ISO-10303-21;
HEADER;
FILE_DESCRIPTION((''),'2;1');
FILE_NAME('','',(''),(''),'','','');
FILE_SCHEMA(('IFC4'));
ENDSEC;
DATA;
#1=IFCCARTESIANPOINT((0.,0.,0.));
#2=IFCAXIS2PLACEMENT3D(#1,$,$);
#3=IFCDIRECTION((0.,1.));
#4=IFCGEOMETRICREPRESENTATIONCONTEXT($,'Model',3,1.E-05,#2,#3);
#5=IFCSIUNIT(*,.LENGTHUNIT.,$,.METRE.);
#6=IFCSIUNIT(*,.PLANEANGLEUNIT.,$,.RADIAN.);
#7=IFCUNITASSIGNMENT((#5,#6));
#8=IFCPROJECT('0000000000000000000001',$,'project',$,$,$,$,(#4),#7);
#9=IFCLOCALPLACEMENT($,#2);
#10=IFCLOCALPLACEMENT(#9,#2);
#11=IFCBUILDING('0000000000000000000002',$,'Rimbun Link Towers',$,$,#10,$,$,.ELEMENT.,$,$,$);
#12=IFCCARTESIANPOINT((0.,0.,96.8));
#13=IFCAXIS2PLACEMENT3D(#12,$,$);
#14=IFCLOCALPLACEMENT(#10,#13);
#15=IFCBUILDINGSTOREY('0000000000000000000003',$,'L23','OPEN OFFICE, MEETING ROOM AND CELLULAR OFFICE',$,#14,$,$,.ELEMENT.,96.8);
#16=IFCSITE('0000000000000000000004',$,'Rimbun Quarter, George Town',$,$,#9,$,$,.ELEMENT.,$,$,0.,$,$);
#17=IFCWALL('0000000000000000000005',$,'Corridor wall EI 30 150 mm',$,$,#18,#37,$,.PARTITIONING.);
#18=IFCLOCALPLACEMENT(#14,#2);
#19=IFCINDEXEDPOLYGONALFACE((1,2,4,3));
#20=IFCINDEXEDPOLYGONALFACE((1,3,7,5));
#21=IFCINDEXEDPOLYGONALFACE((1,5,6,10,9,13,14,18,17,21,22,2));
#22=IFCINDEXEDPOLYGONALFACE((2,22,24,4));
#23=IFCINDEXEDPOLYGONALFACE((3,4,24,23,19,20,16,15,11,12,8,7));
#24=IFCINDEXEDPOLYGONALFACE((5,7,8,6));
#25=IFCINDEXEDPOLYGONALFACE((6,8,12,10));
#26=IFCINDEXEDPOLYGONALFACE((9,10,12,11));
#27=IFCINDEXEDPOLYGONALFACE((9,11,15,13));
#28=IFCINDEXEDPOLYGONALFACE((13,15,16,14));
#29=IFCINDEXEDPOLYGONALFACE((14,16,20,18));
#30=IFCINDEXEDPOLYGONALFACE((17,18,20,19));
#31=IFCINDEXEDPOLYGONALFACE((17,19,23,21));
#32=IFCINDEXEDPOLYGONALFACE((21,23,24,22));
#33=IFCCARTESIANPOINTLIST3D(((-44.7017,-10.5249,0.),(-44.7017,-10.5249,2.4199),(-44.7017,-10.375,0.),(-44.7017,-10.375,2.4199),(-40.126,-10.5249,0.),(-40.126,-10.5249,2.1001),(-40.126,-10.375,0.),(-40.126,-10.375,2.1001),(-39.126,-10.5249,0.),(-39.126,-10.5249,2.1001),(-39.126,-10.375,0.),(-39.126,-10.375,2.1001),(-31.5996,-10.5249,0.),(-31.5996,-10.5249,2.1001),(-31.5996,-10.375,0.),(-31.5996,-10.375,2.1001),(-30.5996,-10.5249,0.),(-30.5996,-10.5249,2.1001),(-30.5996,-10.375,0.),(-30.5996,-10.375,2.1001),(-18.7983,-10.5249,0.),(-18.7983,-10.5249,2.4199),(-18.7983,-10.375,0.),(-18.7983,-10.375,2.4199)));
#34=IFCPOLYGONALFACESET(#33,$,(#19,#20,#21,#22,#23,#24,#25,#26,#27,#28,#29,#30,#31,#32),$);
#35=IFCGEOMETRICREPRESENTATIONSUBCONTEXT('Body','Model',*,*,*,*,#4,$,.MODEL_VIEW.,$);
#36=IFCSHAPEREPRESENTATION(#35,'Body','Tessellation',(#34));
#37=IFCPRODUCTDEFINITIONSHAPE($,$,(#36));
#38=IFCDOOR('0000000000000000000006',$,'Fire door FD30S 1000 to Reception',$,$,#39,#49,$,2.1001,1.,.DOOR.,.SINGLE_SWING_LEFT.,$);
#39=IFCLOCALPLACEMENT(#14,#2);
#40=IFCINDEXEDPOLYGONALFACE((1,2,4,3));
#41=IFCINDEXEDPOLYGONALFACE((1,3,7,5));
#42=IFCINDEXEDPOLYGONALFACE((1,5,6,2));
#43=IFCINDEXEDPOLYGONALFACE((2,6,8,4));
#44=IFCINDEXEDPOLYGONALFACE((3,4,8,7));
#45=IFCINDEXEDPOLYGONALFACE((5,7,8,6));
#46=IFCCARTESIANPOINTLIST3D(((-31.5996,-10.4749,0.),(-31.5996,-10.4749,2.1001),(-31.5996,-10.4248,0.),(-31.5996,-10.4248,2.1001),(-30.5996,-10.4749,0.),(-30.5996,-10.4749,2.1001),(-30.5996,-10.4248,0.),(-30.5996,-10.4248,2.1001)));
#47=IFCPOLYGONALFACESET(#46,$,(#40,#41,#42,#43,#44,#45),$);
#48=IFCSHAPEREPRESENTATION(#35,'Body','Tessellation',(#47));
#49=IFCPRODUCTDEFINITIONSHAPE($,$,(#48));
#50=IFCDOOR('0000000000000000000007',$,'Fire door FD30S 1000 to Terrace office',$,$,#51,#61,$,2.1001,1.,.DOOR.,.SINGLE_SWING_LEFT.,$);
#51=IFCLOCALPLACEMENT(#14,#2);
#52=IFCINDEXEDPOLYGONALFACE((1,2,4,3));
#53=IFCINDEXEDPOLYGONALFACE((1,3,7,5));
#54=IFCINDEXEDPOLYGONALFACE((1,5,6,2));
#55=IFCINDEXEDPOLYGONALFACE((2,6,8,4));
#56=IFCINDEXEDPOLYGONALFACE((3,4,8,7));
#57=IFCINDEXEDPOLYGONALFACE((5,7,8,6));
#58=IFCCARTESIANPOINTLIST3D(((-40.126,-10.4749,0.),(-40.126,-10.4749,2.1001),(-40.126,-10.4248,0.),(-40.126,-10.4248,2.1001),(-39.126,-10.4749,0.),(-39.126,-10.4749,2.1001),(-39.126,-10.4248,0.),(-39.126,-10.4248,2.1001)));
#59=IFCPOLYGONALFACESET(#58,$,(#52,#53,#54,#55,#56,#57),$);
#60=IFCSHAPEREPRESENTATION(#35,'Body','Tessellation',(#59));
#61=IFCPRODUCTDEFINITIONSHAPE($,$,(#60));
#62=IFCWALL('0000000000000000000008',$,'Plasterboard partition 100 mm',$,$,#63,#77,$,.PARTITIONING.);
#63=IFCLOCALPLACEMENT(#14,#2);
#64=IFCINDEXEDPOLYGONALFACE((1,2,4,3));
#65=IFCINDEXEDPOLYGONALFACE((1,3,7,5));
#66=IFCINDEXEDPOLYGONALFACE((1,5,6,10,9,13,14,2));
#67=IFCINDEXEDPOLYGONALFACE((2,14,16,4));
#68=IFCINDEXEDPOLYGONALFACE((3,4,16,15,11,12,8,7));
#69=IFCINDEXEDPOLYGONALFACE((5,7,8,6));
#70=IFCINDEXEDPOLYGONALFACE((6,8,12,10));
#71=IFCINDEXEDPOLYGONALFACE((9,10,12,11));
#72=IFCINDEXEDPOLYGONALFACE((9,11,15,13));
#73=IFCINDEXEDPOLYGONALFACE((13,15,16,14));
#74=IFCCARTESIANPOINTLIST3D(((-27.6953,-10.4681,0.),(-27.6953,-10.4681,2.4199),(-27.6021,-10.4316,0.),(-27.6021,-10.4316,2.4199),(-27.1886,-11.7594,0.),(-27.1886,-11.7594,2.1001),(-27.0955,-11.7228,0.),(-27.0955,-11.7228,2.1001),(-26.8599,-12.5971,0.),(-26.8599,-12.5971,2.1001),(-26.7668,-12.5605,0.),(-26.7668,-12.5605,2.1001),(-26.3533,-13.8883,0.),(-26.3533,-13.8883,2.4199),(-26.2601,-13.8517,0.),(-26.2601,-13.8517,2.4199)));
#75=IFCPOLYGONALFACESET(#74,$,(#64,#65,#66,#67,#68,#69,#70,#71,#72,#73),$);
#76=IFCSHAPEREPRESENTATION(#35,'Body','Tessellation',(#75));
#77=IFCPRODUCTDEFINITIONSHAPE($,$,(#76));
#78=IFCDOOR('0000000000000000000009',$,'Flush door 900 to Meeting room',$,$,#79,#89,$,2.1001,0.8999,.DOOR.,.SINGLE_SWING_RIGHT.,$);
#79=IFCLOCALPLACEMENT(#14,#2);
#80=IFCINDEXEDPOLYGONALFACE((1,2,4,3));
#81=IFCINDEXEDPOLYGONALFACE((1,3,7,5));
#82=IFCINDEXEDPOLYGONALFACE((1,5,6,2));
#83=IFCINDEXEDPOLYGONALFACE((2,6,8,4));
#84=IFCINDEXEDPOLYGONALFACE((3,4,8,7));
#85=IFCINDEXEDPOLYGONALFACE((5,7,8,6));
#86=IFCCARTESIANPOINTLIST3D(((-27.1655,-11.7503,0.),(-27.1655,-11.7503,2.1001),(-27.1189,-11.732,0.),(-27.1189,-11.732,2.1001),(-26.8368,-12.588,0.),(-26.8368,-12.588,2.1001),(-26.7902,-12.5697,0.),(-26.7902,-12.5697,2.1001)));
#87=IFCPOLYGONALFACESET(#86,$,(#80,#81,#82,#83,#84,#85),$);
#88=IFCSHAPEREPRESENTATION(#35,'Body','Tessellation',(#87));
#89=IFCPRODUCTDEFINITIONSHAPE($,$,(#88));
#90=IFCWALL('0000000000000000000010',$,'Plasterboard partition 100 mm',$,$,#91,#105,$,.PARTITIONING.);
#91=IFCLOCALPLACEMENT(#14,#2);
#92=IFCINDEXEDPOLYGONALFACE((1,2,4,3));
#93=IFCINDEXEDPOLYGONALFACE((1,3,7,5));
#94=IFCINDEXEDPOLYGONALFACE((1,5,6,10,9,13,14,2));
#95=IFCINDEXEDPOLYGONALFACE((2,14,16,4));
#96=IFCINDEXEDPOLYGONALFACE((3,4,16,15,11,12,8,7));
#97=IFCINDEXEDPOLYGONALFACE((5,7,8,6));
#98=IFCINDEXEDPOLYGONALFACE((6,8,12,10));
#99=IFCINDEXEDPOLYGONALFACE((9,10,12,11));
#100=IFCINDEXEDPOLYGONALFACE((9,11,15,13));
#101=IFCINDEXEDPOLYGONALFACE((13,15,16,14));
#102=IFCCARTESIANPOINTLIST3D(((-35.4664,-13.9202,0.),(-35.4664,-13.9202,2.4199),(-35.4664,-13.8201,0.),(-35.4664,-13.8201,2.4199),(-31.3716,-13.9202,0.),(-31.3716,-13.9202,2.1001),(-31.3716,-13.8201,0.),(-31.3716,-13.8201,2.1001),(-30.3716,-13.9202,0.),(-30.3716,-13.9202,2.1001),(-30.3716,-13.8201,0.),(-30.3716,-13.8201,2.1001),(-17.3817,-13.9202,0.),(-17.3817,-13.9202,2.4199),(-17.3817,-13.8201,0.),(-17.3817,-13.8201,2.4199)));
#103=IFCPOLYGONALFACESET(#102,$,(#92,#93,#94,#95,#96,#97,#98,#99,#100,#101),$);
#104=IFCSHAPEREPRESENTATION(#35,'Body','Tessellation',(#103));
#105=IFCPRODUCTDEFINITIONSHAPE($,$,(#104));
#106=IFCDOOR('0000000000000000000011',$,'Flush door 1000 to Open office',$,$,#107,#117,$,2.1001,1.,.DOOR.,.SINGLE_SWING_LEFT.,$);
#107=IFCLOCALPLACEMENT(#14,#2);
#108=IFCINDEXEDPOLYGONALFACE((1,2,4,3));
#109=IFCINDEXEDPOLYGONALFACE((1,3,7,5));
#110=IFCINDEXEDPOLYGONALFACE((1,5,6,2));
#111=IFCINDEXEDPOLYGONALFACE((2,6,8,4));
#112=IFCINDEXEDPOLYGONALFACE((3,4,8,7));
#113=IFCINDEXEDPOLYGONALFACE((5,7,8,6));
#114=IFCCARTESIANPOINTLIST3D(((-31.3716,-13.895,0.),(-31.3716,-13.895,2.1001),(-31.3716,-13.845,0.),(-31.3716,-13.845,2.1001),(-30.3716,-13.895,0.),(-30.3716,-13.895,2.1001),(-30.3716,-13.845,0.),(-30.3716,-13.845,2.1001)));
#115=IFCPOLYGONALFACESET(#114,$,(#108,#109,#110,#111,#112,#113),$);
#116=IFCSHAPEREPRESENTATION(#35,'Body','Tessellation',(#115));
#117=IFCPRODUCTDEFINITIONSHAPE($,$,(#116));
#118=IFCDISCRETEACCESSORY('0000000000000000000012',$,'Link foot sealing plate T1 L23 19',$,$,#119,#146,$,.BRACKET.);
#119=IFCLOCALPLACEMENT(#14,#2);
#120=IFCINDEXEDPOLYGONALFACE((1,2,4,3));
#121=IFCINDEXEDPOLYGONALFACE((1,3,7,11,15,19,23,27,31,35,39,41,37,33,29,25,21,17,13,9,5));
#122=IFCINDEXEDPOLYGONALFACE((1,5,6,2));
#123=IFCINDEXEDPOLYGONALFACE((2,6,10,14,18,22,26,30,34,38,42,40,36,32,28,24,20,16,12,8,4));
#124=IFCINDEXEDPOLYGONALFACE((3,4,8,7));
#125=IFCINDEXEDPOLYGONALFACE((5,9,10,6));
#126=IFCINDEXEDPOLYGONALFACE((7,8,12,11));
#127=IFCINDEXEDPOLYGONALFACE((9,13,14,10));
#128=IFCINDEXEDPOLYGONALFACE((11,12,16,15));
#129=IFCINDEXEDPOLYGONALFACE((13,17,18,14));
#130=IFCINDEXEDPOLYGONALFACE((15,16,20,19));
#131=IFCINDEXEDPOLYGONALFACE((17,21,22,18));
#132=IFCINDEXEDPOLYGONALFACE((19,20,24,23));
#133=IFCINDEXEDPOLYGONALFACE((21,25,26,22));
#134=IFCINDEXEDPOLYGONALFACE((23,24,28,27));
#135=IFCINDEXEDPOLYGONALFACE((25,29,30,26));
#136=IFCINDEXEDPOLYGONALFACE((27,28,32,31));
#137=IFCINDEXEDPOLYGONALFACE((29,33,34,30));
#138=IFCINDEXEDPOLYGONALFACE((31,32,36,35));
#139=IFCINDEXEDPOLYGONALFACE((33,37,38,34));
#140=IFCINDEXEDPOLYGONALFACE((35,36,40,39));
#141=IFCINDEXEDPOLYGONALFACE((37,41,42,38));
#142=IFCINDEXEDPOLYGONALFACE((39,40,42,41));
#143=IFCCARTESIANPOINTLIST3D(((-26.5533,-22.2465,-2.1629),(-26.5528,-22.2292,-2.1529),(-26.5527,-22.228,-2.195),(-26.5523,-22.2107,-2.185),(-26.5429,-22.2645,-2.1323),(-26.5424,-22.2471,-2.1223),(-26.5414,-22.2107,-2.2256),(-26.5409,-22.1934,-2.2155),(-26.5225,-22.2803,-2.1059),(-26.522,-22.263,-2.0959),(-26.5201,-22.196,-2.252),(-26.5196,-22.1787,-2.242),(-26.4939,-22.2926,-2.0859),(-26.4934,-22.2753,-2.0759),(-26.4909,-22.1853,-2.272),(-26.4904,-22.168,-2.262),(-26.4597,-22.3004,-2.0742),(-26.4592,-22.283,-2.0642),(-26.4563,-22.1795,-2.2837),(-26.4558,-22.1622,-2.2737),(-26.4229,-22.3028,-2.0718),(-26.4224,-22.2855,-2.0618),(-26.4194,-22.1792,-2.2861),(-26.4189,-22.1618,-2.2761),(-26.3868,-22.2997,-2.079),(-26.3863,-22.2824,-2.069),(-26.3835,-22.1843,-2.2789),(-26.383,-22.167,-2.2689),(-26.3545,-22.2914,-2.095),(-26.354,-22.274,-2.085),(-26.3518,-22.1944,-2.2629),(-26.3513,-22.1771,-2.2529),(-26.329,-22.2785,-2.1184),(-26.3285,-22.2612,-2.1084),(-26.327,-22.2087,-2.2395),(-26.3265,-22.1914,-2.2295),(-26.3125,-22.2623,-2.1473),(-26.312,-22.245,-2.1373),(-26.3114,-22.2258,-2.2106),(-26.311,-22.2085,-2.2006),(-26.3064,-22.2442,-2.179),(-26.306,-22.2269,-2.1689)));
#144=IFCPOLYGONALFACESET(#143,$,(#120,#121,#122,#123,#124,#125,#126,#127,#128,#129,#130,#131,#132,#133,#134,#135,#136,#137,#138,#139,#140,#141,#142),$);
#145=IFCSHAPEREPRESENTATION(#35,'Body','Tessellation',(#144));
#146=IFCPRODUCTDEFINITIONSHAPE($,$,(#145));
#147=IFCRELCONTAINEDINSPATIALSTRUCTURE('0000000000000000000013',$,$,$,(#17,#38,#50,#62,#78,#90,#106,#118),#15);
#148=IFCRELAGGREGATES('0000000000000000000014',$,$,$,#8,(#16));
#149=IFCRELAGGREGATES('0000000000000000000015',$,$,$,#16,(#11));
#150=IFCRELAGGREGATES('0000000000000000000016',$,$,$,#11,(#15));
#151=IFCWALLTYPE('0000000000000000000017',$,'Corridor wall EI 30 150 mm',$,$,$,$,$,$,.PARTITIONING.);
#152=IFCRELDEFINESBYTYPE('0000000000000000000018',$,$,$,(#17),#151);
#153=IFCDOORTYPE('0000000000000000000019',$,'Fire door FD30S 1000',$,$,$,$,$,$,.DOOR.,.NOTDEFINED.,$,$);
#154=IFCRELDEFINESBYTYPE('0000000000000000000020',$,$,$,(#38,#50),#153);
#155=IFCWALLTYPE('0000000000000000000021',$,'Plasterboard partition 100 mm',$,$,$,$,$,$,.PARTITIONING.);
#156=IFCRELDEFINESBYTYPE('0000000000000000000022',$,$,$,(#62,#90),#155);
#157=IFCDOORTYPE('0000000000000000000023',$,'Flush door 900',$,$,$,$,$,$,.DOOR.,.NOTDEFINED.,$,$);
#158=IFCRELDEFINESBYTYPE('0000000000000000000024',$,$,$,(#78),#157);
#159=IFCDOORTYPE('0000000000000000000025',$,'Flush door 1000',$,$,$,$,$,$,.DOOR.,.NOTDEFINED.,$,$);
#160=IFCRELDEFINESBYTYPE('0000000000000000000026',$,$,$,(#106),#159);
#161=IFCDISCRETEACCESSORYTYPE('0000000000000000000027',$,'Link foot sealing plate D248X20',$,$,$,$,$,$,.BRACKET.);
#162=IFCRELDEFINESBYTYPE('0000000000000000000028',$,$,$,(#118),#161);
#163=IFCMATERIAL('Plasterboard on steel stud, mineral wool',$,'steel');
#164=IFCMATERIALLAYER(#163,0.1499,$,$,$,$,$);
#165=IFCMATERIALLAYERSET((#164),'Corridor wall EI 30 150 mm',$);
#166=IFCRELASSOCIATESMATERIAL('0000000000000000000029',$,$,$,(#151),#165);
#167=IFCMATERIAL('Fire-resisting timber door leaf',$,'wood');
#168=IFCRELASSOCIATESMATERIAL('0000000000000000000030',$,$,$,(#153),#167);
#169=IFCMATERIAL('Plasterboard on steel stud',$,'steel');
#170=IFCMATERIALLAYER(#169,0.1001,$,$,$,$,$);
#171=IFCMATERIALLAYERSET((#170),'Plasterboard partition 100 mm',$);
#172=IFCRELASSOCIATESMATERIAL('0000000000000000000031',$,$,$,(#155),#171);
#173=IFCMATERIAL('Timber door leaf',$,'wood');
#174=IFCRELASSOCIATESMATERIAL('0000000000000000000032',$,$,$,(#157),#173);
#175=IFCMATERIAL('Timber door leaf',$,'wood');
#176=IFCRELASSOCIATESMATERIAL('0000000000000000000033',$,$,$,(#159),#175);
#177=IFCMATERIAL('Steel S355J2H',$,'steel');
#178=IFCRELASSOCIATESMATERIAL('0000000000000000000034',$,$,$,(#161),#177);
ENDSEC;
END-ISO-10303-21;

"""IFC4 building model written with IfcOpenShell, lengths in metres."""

from ifc_helpers import new_model, si_unit, direction, frame, frame_2d, origin, origin_2d, place, context, subcontext, project, spatial, rectangle, circle, extrude, material, layer, layer_set, material_profile, profile_set, type_object, element, fill, save


model = new_model("IFC4")

# Units and contexts
model_context = context("Model", 3, precision=1e-05, world=origin(), true_north=direction((0.0, 1.0)))
body_context = subcontext(model_context, "Body", "Model", "MODEL_VIEW")
ifc_project = project(units=[si_unit("LENGTHUNIT", "METRE"), si_unit("PLANEANGLEUNIT", "RADIAN")], contexts=[model_context])

# Site, building, storey
site_placement = place(None, origin())
site = spatial("IfcSite", under=ifc_project, at=site_placement, Name="Rimbun Quarter, George Town", CompositionType="ELEMENT", RefElevation=0.0)
building_placement = place(site_placement, origin())
building = spatial("IfcBuilding", under=site, at=building_placement, Name="Rimbun Link Towers", CompositionType="ELEMENT")
storey_placement = place(building_placement, frame((0.0, 0.0, 96.8)))
storey = spatial("IfcBuildingStorey", under=building, at=storey_placement, Name="L23", Description="OPEN OFFICE, MEETING ROOM AND CELLULAR OFFICE", CompositionType="ELEMENT", Elevation=96.8)

# Shared definitions
ifc_material_1 = material(Name="Plasterboard on steel stud, mineral wool", Category="steel")
ifc_layer_1 = layer(ifc_material_1, 0.1499)
ifc_layer_set_1 = layer_set([ifc_layer_1], Name="Corridor wall EI 30 150 mm")
wall_type_1 = type_object("IfcWallType", Name="Corridor wall EI 30 150 mm", PredefinedType="PARTITIONING", material=ifc_layer_set_1)

# Wall, openings, doors
wall_1_placement = place(storey_placement, frame((-18.7983, -10.45, 0.0), z_axis=(0.0, 0.0, 1.0), x_axis=(-1.0, 0.0, 0.0)))
wall_1 = element("IfcWall", 1, at=wall_1_placement, inside=storey, type_object=wall_type_1, Name="Corridor wall EI 30 150 mm", PredefinedType="PARTITIONING", context=body_context, shape_type="SweptSolid", body=[
    extrude(rectangle(XDim=25.9033, YDim=0.1499, at=frame_2d((12.9517, 0.0))), origin(), (0.0, 0.0, 1.0), 2.4199),
])
opening_1_placement = place(wall_1_placement, frame((11.8013, 0.0, 0.0)))
opening_1 = element("IfcOpeningElement", 2, at=opening_1_placement, cuts=wall_1, PredefinedType="OPENING", context=body_context, shape_type="SweptSolid", body=[
    extrude(rectangle(XDim=1.0, YDim=2.1001, at=frame_2d((0.5, 1.05))), frame((0.0, 0.085, 0.0), z_axis=(0.0, -1.0, 0.0), x_axis=(1.0, 0.0, 0.0)), (0.0, 0.0, 1.0), 0.1699),
])
opening_2_placement = place(wall_1_placement, frame((20.3276, 0.0, 0.0)))
opening_2 = element("IfcOpeningElement", 3, at=opening_2_placement, cuts=wall_1, PredefinedType="OPENING", context=body_context, shape_type="SweptSolid", body=[
    extrude(rectangle(XDim=1.0, YDim=2.1001, at=frame_2d((0.5, 1.05))), frame((0.0, 0.085, 0.0), z_axis=(0.0, -1.0, 0.0), x_axis=(1.0, 0.0, 0.0)), (0.0, 0.0, 1.0), 0.1699),
])
ifc_material_2 = material(Name="Fire-resisting timber door leaf", Category="wood")
door_type_1 = type_object("IfcDoorType", Name="Fire door FD30S 1000", OperationType="NOTDEFINED", PredefinedType="DOOR", material=ifc_material_2)
door_1_placement = place(opening_1_placement, origin())
door_1 = element("IfcDoor", 4, at=door_1_placement, inside=storey, type_object=door_type_1, Name="Fire door FD30S 1000 to Reception", OperationType="SINGLE_SWING_LEFT", OverallHeight=2.1001, OverallWidth=1.0, PredefinedType="DOOR", context=body_context, shape_type="SweptSolid", body=[
    extrude(rectangle(XDim=1.0, YDim=2.1001, at=frame_2d((0.5, 1.05))), frame((0.0, 0.0249, 0.0), z_axis=(0.0, -1.0, 0.0), x_axis=(1.0, 0.0, 0.0)), (0.0, 0.0, 1.0), 0.05),
])
fill(opening_1, door_1)
door_2_placement = place(opening_2_placement, origin())
door_2 = element("IfcDoor", 5, at=door_2_placement, inside=storey, type_object=door_type_1, Name="Fire door FD30S 1000 to Terrace office", OperationType="SINGLE_SWING_LEFT", OverallHeight=2.1001, OverallWidth=1.0, PredefinedType="DOOR", context=body_context, shape_type="SweptSolid", body=[
    extrude(rectangle(XDim=1.0, YDim=2.1001, at=frame_2d((0.5, 1.05))), frame((0.0, 0.0249, 0.0), z_axis=(0.0, -1.0, 0.0), x_axis=(1.0, 0.0, 0.0)), (0.0, 0.0, 1.0), 0.05),
])
fill(opening_2, door_2)

# Walls, openings, doors
ifc_material_3 = material(Name="Plasterboard on steel stud", Category="steel")
ifc_layer_2 = layer(ifc_material_3, 0.1001)
ifc_layer_set_2 = layer_set([ifc_layer_2], Name="Plasterboard partition 100 mm")
wall_type_2 = type_object("IfcWallType", Name="Plasterboard partition 100 mm", PredefinedType="PARTITIONING", material=ifc_layer_set_2)
wall_2_placement = place(storey_placement, frame((-27.6487, -10.45, 0.0), z_axis=(0.0, 0.0, 1.0), x_axis=(0.365276, -0.930899, 0.0)))
wall_2 = element("IfcWall", 6, at=wall_2_placement, inside=storey, type_object=wall_type_2, Name="Plasterboard partition 100 mm", PredefinedType="PARTITIONING", context=body_context, shape_type="SweptSolid", body=[
    extrude(rectangle(XDim=3.6741, YDim=0.1001, at=frame_2d((1.8369, 0.0))), origin(), (0.0, 0.0, 1.0), 2.4199),
])
opening_3_placement = place(wall_2_placement, frame((1.387, 0.0, 0.0)))
opening_3 = element("IfcOpeningElement", 7, at=opening_3_placement, cuts=wall_2, PredefinedType="OPENING", context=body_context, shape_type="SweptSolid", body=[
    extrude(rectangle(XDim=0.8999, YDim=2.1001, at=frame_2d((0.45, 1.05))), frame((0.0, 0.0601, 0.0), z_axis=(0.0, -1.0, 0.0), x_axis=(1.0, 0.0, 0.0)), (0.0, 0.0, 1.0), 0.1201),
])
ifc_material_4 = material(Name="Timber door leaf", Category="wood")
door_type_2 = type_object("IfcDoorType", Name="Flush door 900", OperationType="NOTDEFINED", PredefinedType="DOOR", material=ifc_material_4)
door_3_placement = place(opening_3_placement, origin())
door_3 = element("IfcDoor", 8, at=door_3_placement, inside=storey, type_object=door_type_2, Name="Flush door 900 to Meeting room", OperationType="SINGLE_SWING_RIGHT", OverallHeight=2.1001, OverallWidth=0.8999, PredefinedType="DOOR", context=body_context, shape_type="SweptSolid", body=[
    extrude(rectangle(XDim=0.8999, YDim=2.1001, at=frame_2d((0.45, 1.05))), frame((0.0, 0.0249, 0.0), z_axis=(0.0, -1.0, 0.0), x_axis=(1.0, 0.0, 0.0)), (0.0, 0.0, 1.0), 0.05),
])
fill(opening_3, door_3)
wall_3_placement = place(storey_placement, frame((-17.3816, -13.8701, 0.0), z_axis=(0.0, 0.0, 1.0), x_axis=(-1.0, 0.0, 0.0)))
wall_3 = element("IfcWall", 9, at=wall_3_placement, inside=storey, type_object=wall_type_2, Name="Plasterboard partition 100 mm", PredefinedType="PARTITIONING", context=body_context, shape_type="SweptSolid", body=[
    extrude(rectangle(XDim=18.0847, YDim=0.1001, at=frame_2d((9.0425, 0.0))), origin(), (0.0, 0.0, 1.0), 2.4199),
])
opening_4_placement = place(wall_3_placement, frame((12.99, 0.0, 0.0)))
opening_4 = element("IfcOpeningElement", 10, at=opening_4_placement, cuts=wall_3, PredefinedType="OPENING", context=body_context, shape_type="SweptSolid", body=[
    extrude(rectangle(XDim=1.0, YDim=2.1001, at=frame_2d((0.5, 1.05))), frame((0.0, 0.0601, 0.0), z_axis=(0.0, -1.0, 0.0), x_axis=(1.0, 0.0, 0.0)), (0.0, 0.0, 1.0), 0.1201),
])
ifc_material_5 = material(Name="Timber door leaf", Category="wood")
door_type_3 = type_object("IfcDoorType", Name="Flush door 1000", OperationType="NOTDEFINED", PredefinedType="DOOR", material=ifc_material_5)
door_4_placement = place(opening_4_placement, origin())
door_4 = element("IfcDoor", 11, at=door_4_placement, inside=storey, type_object=door_type_3, Name="Flush door 1000 to Open office", OperationType="SINGLE_SWING_LEFT", OverallHeight=2.1001, OverallWidth=1.0, PredefinedType="DOOR", context=body_context, shape_type="SweptSolid", body=[
    extrude(rectangle(XDim=1.0, YDim=2.1001, at=frame_2d((0.5, 1.05))), frame((0.0, 0.0249, 0.0), z_axis=(0.0, -1.0, 0.0), x_axis=(1.0, 0.0, 0.0)), (0.0, 0.0, 1.0), 0.05),
])
fill(opening_4, door_4)

# Discrete accessory
ifc_material_6 = material(Name="Steel S355J2H", Category="steel")
ifc_material_profile_1 = material_profile(ifc_material_6, circle(Radius=0.124, at=origin_2d()), Name="PL D248")
ifc_profile_set_1 = profile_set([ifc_material_profile_1], Name="Steel S355J2H")
discrete_accessory_type = type_object("IfcDiscreteAccessoryType", Name="Link foot sealing plate D248X20", PredefinedType="BRACKET", material=ifc_profile_set_1)
discrete_accessory_placement = place(storey_placement, frame((-26.4299, -22.2234, -2.1689), z_axis=(-0.024387, -0.865725, -0.499926), x_axis=(0.999603, -0.028158, 0.0)))
element("IfcDiscreteAccessory", 12, at=discrete_accessory_placement, inside=storey, type_object=discrete_accessory_type, Name="Link foot sealing plate T1 L23 19", PredefinedType="BRACKET", context=body_context, shape_type="SweptSolid", body=[
    extrude(circle(Radius=0.124, at=origin_2d()), origin(), (0.0, 0.0, 1.0), 0.02),
])

save(model, "model.ifc")
